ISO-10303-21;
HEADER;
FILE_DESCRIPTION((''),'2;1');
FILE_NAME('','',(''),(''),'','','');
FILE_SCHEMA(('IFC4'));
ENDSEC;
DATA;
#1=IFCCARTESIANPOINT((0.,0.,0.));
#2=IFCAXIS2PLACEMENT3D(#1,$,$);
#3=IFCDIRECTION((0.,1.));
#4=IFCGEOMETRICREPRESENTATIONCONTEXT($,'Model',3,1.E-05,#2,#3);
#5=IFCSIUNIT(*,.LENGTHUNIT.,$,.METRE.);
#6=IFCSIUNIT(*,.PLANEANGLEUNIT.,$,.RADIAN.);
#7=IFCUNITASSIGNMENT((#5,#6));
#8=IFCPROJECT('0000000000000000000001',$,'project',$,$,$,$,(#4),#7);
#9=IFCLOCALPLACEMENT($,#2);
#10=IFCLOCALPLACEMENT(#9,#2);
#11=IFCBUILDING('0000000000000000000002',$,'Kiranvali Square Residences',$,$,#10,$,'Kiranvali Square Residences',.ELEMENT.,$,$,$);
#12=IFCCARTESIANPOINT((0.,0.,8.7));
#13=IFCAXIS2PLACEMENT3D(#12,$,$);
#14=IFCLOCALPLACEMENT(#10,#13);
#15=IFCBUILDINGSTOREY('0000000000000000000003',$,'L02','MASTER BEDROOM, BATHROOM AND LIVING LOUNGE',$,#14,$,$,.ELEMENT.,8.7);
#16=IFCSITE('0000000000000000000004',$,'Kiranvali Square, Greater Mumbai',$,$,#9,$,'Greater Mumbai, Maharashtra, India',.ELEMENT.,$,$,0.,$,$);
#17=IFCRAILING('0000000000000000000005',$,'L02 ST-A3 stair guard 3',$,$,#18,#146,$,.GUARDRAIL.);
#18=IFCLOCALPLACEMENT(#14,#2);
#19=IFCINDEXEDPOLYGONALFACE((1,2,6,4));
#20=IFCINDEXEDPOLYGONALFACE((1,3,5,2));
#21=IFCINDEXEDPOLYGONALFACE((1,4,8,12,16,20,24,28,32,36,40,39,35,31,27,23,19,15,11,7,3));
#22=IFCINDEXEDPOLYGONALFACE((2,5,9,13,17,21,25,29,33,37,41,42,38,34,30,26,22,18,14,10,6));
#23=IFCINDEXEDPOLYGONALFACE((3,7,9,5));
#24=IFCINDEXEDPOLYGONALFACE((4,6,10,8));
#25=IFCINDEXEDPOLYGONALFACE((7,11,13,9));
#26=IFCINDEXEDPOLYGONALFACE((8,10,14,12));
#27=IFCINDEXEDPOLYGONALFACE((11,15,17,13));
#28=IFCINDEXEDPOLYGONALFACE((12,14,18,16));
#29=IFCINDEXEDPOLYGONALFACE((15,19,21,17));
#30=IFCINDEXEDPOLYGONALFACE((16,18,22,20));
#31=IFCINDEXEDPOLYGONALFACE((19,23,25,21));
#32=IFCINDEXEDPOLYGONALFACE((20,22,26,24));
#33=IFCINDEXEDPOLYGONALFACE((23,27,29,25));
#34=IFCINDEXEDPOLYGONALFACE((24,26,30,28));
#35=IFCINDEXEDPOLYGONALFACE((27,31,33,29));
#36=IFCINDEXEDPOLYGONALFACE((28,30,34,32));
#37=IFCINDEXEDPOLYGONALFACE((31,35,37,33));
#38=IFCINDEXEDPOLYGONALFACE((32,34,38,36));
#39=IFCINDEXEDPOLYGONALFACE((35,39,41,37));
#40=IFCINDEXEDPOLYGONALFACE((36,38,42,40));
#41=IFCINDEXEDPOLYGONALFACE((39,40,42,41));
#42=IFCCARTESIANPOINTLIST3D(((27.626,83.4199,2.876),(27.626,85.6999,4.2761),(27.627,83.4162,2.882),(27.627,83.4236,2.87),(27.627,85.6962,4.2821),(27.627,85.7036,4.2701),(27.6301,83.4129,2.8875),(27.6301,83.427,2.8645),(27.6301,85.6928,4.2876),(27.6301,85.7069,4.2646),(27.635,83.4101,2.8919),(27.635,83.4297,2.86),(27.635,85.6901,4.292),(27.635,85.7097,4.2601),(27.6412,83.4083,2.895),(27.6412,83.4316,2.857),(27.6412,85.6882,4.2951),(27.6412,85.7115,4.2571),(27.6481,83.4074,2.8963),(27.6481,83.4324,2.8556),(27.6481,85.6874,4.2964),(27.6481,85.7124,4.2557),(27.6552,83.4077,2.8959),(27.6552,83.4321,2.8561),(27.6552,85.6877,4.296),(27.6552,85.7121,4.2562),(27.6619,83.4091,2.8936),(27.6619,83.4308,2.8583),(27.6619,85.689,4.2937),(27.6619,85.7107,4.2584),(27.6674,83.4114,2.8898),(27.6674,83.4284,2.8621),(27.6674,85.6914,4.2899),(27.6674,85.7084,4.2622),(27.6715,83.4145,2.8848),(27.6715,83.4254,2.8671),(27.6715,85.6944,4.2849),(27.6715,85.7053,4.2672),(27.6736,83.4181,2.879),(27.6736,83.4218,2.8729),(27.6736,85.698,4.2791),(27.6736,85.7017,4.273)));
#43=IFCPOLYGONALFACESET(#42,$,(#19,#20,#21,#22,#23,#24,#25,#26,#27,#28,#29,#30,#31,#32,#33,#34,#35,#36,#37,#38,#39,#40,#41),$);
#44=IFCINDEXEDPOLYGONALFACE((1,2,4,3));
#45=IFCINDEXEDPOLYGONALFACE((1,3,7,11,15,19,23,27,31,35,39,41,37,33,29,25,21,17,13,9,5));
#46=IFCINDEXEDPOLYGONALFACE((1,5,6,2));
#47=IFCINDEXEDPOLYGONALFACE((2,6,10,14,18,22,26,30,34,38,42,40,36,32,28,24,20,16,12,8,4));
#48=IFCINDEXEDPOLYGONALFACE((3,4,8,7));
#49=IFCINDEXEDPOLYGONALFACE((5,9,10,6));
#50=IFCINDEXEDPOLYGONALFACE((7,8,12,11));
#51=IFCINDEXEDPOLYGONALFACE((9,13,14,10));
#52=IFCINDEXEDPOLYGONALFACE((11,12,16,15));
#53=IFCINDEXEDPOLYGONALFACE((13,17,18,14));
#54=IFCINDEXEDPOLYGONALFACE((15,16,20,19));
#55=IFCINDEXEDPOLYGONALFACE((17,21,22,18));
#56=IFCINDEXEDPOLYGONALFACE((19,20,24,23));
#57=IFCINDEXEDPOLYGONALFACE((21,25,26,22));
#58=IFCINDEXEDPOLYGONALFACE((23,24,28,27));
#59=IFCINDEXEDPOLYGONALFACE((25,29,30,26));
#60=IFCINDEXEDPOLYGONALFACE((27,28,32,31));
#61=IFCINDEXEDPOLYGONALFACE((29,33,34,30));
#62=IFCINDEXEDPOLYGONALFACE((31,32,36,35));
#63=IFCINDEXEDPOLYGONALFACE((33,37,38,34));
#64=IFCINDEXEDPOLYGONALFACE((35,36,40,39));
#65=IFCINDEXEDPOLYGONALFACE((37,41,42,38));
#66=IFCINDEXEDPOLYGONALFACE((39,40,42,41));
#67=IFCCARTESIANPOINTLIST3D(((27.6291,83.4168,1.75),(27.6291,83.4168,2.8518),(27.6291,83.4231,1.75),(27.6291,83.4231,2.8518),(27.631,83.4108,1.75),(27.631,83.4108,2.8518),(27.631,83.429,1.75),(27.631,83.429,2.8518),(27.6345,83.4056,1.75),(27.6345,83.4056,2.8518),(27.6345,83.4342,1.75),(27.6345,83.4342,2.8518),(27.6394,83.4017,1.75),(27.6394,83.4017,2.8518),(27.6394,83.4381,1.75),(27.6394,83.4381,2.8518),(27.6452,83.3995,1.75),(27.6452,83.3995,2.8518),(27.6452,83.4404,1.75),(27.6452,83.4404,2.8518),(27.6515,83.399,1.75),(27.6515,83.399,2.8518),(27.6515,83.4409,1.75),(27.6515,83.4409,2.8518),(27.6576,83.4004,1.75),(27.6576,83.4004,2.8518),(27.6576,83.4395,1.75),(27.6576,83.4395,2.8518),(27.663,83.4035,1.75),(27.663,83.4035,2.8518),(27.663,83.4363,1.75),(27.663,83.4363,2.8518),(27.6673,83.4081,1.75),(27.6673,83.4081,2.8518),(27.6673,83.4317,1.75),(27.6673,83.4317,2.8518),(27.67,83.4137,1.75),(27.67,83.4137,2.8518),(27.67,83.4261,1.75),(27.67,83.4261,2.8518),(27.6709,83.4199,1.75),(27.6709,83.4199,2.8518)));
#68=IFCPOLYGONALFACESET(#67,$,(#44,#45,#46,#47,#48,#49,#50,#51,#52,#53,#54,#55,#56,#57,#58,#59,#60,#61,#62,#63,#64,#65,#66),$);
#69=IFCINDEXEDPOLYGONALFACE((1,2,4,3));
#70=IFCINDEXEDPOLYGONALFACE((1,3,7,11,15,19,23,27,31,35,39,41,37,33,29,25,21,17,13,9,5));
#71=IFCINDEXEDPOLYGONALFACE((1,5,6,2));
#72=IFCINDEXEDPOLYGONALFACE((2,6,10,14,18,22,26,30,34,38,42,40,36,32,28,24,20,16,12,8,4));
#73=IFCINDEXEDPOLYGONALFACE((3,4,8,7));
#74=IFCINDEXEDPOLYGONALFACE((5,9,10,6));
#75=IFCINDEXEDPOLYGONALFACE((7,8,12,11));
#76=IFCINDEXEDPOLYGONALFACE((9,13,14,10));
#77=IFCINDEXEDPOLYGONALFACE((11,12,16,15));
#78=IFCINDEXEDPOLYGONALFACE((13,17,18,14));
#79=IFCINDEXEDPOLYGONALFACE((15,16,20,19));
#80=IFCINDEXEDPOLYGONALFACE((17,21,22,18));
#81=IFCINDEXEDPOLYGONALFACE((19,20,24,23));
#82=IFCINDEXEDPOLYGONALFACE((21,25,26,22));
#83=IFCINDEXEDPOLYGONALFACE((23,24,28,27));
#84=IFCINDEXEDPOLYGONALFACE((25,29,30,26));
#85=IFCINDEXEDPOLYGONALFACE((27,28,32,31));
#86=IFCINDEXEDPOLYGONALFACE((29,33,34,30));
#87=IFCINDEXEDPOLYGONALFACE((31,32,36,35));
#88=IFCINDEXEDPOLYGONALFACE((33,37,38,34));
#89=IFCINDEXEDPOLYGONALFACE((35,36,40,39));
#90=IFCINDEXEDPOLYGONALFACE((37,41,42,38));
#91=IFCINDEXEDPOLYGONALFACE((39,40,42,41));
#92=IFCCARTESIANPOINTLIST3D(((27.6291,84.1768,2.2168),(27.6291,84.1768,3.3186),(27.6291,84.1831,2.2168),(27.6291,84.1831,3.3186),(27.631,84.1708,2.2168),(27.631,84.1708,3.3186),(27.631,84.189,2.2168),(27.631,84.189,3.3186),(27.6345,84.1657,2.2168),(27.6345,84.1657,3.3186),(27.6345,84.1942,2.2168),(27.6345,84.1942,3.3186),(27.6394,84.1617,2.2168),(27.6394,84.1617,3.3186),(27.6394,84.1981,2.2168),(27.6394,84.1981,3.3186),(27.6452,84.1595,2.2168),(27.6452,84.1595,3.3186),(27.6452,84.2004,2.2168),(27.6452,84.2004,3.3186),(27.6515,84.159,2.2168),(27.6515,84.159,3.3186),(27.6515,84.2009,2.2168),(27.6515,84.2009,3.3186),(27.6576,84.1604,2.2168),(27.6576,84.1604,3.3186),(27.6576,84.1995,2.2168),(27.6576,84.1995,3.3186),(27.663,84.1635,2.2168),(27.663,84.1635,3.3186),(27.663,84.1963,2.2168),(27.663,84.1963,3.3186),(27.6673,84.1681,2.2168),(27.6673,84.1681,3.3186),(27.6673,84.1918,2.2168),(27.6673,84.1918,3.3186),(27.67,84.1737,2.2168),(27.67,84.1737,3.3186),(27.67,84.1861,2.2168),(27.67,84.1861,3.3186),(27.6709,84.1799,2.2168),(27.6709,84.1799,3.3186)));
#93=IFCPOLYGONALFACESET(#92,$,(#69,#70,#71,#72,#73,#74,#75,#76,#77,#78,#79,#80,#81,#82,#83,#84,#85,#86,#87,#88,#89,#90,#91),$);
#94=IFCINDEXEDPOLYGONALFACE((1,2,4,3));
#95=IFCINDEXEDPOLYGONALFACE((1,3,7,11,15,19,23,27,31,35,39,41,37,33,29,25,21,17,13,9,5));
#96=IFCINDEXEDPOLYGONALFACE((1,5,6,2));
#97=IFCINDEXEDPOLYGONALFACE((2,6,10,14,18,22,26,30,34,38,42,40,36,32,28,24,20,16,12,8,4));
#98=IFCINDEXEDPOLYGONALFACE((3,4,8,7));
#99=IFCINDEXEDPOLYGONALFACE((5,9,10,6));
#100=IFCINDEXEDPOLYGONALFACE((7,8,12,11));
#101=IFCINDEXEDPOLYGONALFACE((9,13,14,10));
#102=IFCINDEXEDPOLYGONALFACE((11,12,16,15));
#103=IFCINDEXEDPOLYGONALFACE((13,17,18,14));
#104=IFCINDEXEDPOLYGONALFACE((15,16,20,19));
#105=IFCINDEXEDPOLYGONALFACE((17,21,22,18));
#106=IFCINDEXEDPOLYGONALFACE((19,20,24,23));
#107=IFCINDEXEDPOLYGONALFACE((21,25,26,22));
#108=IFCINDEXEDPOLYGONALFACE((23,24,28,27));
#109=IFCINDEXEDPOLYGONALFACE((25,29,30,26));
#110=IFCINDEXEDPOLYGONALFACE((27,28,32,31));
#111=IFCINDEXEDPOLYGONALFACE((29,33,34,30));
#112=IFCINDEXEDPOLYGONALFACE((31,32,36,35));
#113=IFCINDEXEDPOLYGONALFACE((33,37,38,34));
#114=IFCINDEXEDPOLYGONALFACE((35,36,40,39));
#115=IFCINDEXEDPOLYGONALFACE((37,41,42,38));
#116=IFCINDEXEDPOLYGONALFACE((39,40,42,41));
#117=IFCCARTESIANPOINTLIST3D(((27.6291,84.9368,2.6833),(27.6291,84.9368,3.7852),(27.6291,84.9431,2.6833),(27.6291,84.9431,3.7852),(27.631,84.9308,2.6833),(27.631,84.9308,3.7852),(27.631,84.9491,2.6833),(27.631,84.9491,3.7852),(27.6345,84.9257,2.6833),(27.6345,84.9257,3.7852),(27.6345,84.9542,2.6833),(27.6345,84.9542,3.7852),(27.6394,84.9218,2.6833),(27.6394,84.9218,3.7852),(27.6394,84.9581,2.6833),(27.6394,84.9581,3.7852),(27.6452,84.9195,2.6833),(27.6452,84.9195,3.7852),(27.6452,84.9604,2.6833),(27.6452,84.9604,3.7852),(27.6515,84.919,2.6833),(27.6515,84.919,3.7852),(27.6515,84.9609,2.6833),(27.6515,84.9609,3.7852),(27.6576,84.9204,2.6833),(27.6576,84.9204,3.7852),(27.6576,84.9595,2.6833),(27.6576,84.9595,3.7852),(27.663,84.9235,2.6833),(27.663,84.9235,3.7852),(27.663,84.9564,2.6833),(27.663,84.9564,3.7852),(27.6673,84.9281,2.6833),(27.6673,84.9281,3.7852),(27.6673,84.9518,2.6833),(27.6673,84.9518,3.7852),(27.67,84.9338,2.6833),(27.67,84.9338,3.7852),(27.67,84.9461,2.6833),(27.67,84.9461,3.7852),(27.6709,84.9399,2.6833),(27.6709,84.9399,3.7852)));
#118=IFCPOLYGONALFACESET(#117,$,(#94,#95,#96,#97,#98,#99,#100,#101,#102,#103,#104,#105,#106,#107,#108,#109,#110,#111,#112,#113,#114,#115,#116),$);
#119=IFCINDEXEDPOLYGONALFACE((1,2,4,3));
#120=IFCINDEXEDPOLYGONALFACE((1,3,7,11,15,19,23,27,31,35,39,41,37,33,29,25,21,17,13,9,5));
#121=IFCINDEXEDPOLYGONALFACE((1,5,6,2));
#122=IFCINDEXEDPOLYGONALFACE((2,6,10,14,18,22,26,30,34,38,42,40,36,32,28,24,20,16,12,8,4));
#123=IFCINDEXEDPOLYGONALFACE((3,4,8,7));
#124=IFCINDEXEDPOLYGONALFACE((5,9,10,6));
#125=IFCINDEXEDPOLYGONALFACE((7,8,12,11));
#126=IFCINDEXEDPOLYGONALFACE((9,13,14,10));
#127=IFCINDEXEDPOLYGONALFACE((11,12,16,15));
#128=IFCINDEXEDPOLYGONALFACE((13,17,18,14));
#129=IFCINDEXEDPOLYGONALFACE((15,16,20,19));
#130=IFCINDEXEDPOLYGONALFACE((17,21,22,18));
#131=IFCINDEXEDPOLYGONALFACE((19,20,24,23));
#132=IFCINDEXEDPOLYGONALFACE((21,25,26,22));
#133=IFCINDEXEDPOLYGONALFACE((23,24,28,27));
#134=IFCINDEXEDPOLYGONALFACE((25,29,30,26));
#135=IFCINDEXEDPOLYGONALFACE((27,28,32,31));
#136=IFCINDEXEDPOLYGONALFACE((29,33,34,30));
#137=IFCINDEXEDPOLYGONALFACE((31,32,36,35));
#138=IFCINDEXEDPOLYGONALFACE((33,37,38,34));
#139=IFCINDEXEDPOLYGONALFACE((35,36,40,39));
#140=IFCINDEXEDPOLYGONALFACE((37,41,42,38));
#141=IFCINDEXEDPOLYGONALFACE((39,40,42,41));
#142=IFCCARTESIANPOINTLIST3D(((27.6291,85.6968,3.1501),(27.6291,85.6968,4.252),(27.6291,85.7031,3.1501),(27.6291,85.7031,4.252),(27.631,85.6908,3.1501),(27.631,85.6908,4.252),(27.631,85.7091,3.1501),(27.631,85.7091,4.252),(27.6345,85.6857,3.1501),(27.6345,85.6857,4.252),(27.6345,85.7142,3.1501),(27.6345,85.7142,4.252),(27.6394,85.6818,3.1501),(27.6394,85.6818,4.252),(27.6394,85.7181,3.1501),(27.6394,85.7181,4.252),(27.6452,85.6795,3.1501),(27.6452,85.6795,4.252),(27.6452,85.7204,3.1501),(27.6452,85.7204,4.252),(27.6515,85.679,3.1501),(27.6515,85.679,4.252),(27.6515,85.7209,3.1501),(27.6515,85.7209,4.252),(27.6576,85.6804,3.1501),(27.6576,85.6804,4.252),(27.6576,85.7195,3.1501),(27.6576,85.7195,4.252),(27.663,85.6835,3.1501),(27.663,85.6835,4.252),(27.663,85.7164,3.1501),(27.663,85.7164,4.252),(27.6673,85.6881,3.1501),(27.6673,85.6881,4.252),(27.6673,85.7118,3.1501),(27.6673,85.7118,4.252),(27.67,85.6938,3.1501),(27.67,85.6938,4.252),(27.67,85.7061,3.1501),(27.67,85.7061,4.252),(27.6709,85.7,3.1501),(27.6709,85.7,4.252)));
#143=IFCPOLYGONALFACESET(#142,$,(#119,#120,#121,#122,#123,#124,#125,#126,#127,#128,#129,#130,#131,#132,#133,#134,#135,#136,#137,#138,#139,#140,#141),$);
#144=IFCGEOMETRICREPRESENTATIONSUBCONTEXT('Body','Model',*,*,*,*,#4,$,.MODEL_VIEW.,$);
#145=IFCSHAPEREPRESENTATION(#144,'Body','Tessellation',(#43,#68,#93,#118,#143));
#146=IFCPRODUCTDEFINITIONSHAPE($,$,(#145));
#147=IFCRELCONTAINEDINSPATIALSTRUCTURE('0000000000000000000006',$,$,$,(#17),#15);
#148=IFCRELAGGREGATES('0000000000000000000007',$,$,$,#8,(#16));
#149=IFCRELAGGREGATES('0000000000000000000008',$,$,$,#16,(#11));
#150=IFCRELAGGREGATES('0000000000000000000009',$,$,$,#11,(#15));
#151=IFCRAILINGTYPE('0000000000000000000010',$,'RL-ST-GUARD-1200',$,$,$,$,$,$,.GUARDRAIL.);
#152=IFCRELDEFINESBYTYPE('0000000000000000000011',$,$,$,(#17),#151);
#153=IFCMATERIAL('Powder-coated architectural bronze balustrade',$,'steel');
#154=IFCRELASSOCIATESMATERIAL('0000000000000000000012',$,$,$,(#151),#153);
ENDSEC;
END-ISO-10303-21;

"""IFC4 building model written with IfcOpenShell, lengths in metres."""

from ifc_helpers import new_model, si_unit, direction, frame, origin, origin_2d, place, context, subcontext, project, spatial, circle, extrude, material, type_object, element, save


model = new_model("IFC4")

# Units and contexts
model_context = context("Model", 3, precision=1e-05, world=origin(), true_north=direction((0.0, 1.0)))
body_context = subcontext(model_context, "Body", "Model", "MODEL_VIEW")
ifc_project = project(units=[si_unit("LENGTHUNIT", "METRE"), si_unit("PLANEANGLEUNIT", "RADIAN")], contexts=[model_context])

# Site, building, storey
site_placement = place(None, origin())
site = spatial("IfcSite", under=ifc_project, at=site_placement, Name="Kiranvali Square, Greater Mumbai", LongName="Greater Mumbai, Maharashtra, India", CompositionType="ELEMENT", RefElevation=0.0)
building_placement = place(site_placement, origin())
building = spatial("IfcBuilding", under=site, at=building_placement, Name="Kiranvali Square Residences", LongName="Kiranvali Square Residences", CompositionType="ELEMENT")
storey_placement = place(building_placement, frame((0.0, 0.0, 8.7)))
storey = spatial("IfcBuildingStorey", under=building, at=storey_placement, Name="L02", Description="MASTER BEDROOM, BATHROOM AND LIVING LOUNGE", CompositionType="ELEMENT", Elevation=8.7)

# Railing
ifc_material_1 = material(Name="Powder-coated architectural bronze balustrade", Category="steel")
railing_type_1 = type_object("IfcRailingType", Name="RL-ST-GUARD-1200", PredefinedType="GUARDRAIL", material=ifc_material_1)
railing_1_placement = place(storey_placement, frame((27.6499, 83.4199, 1.75)))
element("IfcRailing", 1, at=railing_1_placement, inside=storey, type_object=railing_type_1, Name="L02 ST-A3 stair guard 3", PredefinedType="GUARDRAIL", context=body_context, shape_type="SweptSolid", body=[
    extrude(circle(Radius=0.0239, at=origin_2d()), frame((0.0, 0.0, 1.126), z_axis=(0.0, 0.85215, 0.523298), x_axis=(-1.0, 0.0, 0.0)), (0.0, 0.0, 1.0), 2.6755),
    extrude(circle(Radius=0.021, at=origin_2d()), origin(), (0.0, 0.0, 1.0), 1.1018),
    extrude(circle(Radius=0.021, at=origin_2d()), frame((0.0, 0.76, 0.4668)), (0.0, 0.0, 1.0), 1.1018),
    extrude(circle(Radius=0.021, at=origin_2d()), frame((0.0, 1.52, 0.9333)), (0.0, 0.0, 1.0), 1.1018),
    extrude(circle(Radius=0.021, at=origin_2d()), frame((0.0, 2.28, 1.4001)), (0.0, 0.0, 1.0), 1.1018),
])

save(model, "model.ifc")
